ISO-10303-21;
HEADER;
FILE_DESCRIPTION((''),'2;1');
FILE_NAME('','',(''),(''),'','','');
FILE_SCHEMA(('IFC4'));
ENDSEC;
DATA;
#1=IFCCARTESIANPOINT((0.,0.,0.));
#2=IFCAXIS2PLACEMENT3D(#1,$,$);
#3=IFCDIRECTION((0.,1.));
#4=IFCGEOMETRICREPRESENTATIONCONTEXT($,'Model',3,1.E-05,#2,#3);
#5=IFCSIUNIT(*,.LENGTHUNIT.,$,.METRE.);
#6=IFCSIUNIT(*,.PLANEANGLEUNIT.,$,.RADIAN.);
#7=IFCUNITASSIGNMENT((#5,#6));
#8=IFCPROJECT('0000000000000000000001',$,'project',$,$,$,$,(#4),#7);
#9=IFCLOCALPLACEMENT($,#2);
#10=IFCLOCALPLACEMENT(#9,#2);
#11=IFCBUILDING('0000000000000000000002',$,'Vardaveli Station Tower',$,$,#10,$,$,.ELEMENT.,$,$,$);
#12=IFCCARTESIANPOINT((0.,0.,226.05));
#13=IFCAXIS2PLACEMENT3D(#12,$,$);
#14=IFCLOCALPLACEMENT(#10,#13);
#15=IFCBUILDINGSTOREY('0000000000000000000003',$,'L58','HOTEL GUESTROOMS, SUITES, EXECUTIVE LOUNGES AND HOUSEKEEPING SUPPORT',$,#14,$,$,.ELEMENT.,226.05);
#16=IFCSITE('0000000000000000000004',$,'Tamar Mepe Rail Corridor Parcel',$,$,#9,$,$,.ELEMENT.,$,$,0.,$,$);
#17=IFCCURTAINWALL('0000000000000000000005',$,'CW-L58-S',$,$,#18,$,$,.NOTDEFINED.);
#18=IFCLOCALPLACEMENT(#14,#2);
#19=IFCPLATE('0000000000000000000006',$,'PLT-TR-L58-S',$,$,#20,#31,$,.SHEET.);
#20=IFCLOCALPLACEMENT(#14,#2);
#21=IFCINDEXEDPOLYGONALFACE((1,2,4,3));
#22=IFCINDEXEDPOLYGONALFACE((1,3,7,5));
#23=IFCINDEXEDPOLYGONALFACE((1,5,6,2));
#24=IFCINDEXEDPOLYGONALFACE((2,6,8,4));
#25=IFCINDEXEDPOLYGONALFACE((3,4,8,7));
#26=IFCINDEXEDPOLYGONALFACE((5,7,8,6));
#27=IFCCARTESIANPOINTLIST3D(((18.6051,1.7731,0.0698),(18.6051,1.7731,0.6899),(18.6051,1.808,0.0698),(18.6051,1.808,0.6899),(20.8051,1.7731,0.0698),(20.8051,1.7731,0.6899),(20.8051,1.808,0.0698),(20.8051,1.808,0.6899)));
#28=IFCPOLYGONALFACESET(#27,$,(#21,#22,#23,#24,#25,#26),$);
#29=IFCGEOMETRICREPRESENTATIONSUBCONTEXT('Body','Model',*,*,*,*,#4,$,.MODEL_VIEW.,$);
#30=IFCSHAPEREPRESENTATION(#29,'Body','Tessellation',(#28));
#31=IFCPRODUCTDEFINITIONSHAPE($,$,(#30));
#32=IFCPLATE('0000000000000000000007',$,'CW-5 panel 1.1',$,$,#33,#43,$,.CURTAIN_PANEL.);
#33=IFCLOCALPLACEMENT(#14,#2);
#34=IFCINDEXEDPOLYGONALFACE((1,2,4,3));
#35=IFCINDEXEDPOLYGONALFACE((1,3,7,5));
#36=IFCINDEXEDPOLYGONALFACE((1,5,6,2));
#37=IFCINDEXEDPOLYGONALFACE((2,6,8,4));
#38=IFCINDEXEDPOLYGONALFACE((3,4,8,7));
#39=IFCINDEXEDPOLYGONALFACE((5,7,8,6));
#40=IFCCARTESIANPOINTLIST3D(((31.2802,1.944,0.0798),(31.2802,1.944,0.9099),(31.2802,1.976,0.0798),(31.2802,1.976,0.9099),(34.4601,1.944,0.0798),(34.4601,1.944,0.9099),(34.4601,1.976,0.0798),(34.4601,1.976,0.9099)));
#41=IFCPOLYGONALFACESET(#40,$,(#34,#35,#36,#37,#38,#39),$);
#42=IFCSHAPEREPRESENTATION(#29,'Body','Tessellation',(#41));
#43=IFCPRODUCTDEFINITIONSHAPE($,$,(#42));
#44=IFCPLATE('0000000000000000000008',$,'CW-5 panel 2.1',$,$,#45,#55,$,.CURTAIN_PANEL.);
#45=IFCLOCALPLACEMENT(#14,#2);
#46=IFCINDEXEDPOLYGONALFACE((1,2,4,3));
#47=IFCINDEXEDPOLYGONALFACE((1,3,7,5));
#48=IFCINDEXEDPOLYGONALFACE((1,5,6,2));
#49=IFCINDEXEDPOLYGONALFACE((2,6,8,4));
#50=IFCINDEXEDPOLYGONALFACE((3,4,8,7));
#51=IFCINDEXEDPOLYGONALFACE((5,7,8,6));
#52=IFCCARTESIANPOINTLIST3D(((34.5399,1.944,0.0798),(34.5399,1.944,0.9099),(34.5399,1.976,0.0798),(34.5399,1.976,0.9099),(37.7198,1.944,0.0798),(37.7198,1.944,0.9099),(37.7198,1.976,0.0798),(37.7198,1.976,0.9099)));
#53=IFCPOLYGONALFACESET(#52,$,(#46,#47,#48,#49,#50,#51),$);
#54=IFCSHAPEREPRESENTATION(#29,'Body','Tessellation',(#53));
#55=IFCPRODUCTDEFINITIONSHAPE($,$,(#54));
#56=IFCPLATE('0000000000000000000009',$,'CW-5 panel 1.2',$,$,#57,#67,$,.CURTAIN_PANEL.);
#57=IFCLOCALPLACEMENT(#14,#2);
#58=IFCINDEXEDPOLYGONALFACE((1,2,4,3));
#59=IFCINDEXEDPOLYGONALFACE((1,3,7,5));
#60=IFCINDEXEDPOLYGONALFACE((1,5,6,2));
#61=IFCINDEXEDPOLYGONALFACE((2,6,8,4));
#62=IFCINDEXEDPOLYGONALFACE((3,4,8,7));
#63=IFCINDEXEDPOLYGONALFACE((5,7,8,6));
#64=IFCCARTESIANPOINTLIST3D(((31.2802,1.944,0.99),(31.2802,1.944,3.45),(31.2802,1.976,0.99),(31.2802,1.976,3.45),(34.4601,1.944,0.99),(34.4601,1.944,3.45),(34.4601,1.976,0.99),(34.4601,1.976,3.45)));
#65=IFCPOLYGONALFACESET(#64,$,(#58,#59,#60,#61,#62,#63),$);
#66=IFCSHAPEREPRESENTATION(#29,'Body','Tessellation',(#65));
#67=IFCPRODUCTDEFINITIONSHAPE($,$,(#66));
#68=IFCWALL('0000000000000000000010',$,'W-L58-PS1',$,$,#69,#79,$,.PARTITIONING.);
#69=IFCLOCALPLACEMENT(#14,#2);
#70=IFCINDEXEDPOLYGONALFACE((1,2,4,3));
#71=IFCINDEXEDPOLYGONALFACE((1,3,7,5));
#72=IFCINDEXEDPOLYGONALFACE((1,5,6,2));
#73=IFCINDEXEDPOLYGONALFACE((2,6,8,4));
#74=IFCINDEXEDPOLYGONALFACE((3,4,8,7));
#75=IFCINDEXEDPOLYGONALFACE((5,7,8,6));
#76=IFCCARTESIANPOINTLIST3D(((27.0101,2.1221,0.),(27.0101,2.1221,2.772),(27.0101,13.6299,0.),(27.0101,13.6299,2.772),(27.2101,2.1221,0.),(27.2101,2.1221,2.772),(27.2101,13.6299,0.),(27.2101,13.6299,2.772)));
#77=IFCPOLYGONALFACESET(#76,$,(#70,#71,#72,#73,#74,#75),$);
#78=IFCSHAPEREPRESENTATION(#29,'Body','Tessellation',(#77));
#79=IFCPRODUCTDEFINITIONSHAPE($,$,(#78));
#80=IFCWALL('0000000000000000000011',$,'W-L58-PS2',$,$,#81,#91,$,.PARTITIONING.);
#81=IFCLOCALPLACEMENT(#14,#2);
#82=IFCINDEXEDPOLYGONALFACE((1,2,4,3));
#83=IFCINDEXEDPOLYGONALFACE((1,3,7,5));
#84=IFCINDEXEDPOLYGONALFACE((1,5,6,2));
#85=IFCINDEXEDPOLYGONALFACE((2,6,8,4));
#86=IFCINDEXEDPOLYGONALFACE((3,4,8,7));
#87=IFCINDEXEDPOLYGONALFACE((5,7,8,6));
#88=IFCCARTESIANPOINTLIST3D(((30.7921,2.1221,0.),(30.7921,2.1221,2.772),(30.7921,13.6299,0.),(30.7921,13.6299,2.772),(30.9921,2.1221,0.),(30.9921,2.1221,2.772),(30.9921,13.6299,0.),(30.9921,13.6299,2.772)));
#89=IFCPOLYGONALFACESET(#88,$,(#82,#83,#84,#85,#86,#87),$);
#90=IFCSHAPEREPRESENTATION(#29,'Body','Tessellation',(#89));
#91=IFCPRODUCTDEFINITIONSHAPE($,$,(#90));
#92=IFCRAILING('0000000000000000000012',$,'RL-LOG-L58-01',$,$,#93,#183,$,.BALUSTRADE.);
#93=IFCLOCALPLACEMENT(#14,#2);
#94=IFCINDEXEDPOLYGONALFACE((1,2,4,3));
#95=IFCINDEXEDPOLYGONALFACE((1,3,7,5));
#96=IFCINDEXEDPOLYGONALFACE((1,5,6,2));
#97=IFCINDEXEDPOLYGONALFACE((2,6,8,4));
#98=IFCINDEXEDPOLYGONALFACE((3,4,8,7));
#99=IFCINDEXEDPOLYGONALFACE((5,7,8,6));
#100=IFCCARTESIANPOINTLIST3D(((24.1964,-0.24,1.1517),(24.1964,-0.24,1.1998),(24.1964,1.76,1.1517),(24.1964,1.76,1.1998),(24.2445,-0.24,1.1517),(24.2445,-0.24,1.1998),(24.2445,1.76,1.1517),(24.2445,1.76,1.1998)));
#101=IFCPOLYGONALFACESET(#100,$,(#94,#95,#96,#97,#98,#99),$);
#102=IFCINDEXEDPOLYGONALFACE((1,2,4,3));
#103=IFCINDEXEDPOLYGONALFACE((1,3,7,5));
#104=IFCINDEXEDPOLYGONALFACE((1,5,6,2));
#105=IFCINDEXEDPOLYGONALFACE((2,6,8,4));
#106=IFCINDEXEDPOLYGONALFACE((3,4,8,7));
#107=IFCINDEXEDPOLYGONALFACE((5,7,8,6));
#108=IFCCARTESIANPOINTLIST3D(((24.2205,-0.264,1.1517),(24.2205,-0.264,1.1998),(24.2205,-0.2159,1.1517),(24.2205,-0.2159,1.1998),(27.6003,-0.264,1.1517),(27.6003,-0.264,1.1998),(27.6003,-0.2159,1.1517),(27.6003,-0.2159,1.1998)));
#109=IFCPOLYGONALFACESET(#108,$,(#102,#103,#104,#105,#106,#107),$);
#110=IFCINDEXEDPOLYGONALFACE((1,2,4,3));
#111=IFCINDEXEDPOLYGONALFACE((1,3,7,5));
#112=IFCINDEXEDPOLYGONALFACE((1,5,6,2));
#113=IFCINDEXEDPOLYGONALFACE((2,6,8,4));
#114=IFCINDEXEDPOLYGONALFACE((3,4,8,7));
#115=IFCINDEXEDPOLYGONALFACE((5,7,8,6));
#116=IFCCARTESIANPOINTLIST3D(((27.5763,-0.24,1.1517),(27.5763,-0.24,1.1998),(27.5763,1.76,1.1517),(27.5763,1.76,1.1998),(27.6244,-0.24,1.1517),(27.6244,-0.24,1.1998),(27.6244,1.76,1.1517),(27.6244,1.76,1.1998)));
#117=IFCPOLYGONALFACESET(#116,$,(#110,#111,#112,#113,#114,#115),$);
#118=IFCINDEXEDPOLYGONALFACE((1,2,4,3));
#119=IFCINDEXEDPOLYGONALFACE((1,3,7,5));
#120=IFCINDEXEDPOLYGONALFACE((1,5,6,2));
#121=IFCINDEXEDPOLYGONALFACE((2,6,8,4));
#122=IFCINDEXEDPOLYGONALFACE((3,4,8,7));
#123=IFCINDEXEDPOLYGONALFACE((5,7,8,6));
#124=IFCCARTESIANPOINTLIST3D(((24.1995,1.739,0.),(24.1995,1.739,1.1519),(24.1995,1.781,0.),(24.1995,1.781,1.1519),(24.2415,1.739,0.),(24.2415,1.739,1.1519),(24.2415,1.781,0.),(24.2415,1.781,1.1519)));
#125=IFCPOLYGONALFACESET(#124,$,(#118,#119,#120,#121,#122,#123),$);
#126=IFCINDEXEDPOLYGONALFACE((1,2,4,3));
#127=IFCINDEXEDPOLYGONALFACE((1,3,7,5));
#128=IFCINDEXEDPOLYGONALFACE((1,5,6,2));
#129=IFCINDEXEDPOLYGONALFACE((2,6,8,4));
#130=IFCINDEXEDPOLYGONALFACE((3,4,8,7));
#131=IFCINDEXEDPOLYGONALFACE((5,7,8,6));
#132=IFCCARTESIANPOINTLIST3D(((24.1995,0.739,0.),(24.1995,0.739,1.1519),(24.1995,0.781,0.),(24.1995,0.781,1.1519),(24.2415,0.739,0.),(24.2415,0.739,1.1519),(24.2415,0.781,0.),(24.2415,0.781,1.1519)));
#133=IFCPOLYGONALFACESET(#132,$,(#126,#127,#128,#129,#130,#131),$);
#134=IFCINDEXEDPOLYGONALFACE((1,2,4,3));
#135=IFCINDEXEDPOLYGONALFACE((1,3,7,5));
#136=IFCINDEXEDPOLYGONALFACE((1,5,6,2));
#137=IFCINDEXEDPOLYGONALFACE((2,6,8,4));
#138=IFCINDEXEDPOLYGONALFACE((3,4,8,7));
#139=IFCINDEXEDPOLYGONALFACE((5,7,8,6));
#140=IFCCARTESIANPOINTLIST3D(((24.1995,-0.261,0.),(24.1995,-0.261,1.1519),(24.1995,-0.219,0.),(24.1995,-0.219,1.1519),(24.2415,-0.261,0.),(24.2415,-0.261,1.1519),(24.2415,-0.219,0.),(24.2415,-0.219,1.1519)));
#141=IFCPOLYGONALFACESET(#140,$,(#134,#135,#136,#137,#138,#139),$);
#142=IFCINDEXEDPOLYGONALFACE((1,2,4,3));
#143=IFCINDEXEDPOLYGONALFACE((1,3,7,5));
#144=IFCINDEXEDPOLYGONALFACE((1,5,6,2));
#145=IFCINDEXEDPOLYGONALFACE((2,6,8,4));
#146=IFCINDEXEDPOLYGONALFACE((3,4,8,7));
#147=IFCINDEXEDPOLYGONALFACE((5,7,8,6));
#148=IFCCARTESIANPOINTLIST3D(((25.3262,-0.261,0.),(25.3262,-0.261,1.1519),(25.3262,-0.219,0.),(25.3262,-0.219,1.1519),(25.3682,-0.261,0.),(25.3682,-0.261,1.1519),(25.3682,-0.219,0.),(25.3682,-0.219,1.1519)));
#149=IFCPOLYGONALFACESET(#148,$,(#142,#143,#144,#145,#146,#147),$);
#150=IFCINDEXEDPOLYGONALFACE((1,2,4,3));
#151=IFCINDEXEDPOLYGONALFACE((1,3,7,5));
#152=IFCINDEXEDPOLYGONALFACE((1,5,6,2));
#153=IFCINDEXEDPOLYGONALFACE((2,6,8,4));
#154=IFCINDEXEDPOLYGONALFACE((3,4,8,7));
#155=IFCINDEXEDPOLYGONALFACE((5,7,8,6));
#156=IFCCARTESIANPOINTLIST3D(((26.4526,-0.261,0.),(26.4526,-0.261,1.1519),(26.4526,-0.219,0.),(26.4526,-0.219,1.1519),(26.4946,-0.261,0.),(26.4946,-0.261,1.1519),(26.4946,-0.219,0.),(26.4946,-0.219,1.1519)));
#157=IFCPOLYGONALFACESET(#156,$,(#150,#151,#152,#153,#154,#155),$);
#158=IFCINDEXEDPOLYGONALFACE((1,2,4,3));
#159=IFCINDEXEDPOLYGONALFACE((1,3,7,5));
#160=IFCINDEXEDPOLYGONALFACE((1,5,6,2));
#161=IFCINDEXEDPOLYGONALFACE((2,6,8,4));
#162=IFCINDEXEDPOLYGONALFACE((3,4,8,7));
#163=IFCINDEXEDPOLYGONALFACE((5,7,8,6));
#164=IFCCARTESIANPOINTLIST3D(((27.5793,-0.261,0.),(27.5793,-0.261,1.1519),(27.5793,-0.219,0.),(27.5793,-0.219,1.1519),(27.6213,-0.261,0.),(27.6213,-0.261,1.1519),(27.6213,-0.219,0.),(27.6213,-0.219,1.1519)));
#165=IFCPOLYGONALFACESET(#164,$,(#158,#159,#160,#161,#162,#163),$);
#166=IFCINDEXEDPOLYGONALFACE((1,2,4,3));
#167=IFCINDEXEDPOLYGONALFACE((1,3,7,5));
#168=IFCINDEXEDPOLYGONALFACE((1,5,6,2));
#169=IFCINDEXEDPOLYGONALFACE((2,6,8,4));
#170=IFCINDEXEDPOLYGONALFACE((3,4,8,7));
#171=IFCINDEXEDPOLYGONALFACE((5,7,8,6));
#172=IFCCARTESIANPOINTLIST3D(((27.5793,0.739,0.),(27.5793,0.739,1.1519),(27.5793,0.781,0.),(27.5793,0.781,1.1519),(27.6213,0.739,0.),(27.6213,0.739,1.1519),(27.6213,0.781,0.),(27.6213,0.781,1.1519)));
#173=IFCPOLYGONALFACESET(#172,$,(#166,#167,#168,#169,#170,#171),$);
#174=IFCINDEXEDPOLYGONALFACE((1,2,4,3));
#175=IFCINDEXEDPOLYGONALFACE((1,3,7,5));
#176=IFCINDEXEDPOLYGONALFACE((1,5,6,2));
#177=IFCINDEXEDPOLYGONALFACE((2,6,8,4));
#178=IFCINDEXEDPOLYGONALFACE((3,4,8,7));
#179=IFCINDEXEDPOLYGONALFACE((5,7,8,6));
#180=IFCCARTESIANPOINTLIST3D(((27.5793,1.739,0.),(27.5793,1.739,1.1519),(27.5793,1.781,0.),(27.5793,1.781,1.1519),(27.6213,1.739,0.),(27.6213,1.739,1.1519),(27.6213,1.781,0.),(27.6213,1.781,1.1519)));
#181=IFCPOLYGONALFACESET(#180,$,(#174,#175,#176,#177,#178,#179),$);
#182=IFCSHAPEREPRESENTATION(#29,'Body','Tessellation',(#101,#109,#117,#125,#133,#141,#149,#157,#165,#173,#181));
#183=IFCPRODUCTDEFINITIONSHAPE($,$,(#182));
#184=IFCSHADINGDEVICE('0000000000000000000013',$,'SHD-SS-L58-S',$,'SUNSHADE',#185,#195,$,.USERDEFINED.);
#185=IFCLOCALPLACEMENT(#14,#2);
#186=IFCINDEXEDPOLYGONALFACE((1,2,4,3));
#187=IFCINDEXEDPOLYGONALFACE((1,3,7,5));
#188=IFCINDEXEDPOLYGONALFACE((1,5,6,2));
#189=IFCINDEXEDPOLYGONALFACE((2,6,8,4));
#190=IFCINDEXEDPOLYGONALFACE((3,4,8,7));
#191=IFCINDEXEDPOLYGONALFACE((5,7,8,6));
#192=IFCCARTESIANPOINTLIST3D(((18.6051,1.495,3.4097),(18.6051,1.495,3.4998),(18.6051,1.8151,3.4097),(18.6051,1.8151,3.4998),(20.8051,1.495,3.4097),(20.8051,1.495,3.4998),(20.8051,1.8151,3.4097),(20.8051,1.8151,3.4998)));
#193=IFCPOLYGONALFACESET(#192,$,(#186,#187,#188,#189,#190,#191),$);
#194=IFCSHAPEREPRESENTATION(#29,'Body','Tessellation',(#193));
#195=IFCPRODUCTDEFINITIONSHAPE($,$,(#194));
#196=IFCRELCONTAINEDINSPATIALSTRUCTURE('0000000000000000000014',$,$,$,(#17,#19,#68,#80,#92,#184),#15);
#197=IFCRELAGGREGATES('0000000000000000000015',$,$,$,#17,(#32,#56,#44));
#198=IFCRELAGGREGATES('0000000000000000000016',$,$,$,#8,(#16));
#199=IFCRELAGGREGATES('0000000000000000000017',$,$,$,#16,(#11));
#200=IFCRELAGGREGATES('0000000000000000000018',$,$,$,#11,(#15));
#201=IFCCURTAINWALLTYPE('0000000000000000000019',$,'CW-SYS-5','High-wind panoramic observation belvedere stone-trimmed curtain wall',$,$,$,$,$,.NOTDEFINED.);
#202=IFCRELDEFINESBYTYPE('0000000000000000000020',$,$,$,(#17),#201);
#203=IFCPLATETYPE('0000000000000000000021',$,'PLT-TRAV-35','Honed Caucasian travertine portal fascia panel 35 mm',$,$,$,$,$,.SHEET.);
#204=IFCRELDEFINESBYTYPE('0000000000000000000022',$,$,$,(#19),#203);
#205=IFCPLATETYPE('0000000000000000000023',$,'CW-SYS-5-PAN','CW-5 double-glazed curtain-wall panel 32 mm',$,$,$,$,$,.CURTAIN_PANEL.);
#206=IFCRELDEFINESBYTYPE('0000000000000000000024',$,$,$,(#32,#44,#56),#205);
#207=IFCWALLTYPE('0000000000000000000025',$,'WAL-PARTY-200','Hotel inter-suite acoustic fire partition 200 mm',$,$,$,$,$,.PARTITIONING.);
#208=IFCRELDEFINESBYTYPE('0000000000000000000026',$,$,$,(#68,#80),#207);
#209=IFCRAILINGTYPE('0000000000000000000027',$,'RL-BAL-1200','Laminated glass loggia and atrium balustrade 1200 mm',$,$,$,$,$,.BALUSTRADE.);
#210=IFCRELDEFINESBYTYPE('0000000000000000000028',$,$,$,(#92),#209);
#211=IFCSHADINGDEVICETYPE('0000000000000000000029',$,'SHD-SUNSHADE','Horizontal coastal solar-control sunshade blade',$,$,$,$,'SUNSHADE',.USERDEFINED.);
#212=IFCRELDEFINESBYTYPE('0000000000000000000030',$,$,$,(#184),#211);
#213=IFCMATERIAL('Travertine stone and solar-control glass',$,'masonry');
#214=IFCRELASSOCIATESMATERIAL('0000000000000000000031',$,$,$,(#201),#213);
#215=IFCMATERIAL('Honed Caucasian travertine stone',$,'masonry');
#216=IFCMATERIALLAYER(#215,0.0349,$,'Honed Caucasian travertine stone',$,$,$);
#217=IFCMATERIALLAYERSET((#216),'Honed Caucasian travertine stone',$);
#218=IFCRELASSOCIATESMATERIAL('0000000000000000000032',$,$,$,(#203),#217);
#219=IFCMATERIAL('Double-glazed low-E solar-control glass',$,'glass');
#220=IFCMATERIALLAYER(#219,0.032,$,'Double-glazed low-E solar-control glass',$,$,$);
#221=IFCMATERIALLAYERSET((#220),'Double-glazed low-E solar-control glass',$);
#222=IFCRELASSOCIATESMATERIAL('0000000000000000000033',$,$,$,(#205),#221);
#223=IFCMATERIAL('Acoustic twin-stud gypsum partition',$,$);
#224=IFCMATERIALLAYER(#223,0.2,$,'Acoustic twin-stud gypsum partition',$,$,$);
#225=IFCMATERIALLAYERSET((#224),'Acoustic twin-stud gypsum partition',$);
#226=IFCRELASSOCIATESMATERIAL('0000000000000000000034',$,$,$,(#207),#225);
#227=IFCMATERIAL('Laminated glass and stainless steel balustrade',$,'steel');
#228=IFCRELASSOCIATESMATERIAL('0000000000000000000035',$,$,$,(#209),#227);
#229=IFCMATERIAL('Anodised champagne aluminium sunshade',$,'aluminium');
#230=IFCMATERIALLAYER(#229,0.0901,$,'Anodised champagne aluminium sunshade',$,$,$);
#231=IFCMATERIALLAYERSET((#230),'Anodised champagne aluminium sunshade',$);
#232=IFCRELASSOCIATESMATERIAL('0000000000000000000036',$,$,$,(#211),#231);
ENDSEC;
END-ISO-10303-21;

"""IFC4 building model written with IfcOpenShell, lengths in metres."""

from ifc_helpers import new_model, si_unit, direction, frame, frame_2d, origin, origin_2d, place, context, subcontext, project, spatial, rectangle, extrude, source, transform, mapped, material, layer, layer_set, type_object, element, aggregate, save


model = new_model("IFC4")

# Units and contexts
model_context = context("Model", 3, precision=1e-05, world=origin(), true_north=direction((0.0, 1.0)))
body_context = subcontext(model_context, "Body", "Model", "MODEL_VIEW")
ifc_project = project(units=[si_unit("LENGTHUNIT", "METRE"), si_unit("PLANEANGLEUNIT", "RADIAN")], contexts=[model_context])

# Site, building, storey
site_placement = place(None, origin())
site = spatial("IfcSite", under=ifc_project, at=site_placement, Name="Tamar Mepe Rail Corridor Parcel", CompositionType="ELEMENT", RefElevation=0.0)
building_placement = place(site_placement, origin())
building = spatial("IfcBuilding", under=site, at=building_placement, Name="Vardaveli Station Tower", CompositionType="ELEMENT")
storey_placement = place(building_placement, frame((0.0, 0.0, 226.05)))
storey = spatial("IfcBuildingStorey", under=building, at=storey_placement, Name="L58", Description="HOTEL GUESTROOMS, SUITES, EXECUTIVE LOUNGES AND HOUSEKEEPING SUPPORT", CompositionType="ELEMENT", Elevation=226.05)

# Curtain wall
ifc_material_1 = material(Name="Travertine stone and solar-control glass", Category="masonry")
curtain_wall_type = type_object("IfcCurtainWallType", Name="CW-SYS-5", Description="High-wind panoramic observation belvedere stone-trimmed curtain wall", PredefinedType="NOTDEFINED", material=ifc_material_1)
curtain_wall_placement = place(storey_placement, origin())
curtain_wall = element("IfcCurtainWall", 1, at=curtain_wall_placement, inside=storey, type_object=curtain_wall_type, Name="CW-L58-S", PredefinedType="NOTDEFINED")

# Plates
ifc_material_2 = material(Name="Honed Caucasian travertine stone", Category="masonry")
ifc_layer_1 = layer(ifc_material_2, 0.0349, Name="Honed Caucasian travertine stone")
ifc_layer_set_1 = layer_set([ifc_layer_1], Name="Honed Caucasian travertine stone")
plate_type_1 = type_object("IfcPlateType", Name="PLT-TRAV-35", Description="Honed Caucasian travertine portal fascia panel 35 mm", PredefinedType="SHEET", material=ifc_layer_set_1)
shared_shape_1 = source(origin(), body_context, "Body", "SweptSolid", [
    extrude(rectangle(XDim=2.2, YDim=0.0349, at=origin_2d()), origin(), (0.0, 0.0, 1.0), 0.6201),
])
plate_1_placement = place(storey_placement, frame((19.7051, 1.7905, 0.0698), z_axis=(0.0, 0.0, 1.0), x_axis=(1.0, 0.0, 0.0)))
element("IfcPlate", 2, at=plate_1_placement, inside=storey, type_object=plate_type_1, Name="PLT-TR-L58-S", PredefinedType="SHEET", context=body_context, shape_type="MappedRepresentation", body=[
    mapped(shared_shape_1, transform((0.0, 0.0, 0.0), scale=1.0)),
])
ifc_material_3 = material(Name="Double-glazed low-E solar-control glass", Category="glass")
ifc_layer_2 = layer(ifc_material_3, 0.032, Name="Double-glazed low-E solar-control glass")
ifc_layer_set_2 = layer_set([ifc_layer_2], Name="Double-glazed low-E solar-control glass")
plate_type_2 = type_object("IfcPlateType", Name="CW-SYS-5-PAN", Description="CW-5 double-glazed curtain-wall panel 32 mm", PredefinedType="CURTAIN_PANEL", material=ifc_layer_set_2)
shared_shape_2 = source(origin(), body_context, "Body", "SweptSolid", [
    extrude(rectangle(XDim=3.1799, YDim=0.032, at=origin_2d()), origin(), (0.0, 0.0, 1.0), 0.8301),
])
plate_2_placement = place(storey_placement, frame((32.8701, 1.96, 0.0798), z_axis=(0.0, 0.0, 1.0), x_axis=(1.0, 0.0, 0.0)))
plate_2 = element("IfcPlate", 3, at=plate_2_placement, type_object=plate_type_2, Name="CW-5 panel 1.1", PredefinedType="CURTAIN_PANEL", context=body_context, shape_type="MappedRepresentation", body=[
    mapped(shared_shape_2, transform((0.0, 0.0, 0.0), scale=1.0)),
])
plate_3_placement = place(storey_placement, frame((36.1299, 1.96, 0.0798), z_axis=(0.0, 0.0, 1.0), x_axis=(1.0, 0.0, 0.0)))
plate_3 = element("IfcPlate", 4, at=plate_3_placement, type_object=plate_type_2, Name="CW-5 panel 2.1", PredefinedType="CURTAIN_PANEL", context=body_context, shape_type="MappedRepresentation", body=[
    mapped(shared_shape_2, transform((0.0, 0.0, 0.0), scale=1.0)),
])
shared_shape_3 = source(origin(), body_context, "Body", "SweptSolid", [
    extrude(rectangle(XDim=3.1799, YDim=0.032, at=origin_2d()), origin(), (0.0, 0.0, 1.0), 2.46),
])
plate_4_placement = place(storey_placement, frame((32.8701, 1.96, 0.99), z_axis=(0.0, 0.0, 1.0), x_axis=(1.0, 0.0, 0.0)))
plate_4 = element("IfcPlate", 5, at=plate_4_placement, type_object=plate_type_2, Name="CW-5 panel 1.2", PredefinedType="CURTAIN_PANEL", context=body_context, shape_type="MappedRepresentation", body=[
    mapped(shared_shape_3, transform((0.0, 0.0, 0.0), scale=1.0)),
])
aggregate(curtain_wall, [plate_2, plate_4, plate_3])

# Walls
ifc_material_4 = material(Name="Acoustic twin-stud gypsum partition")
ifc_layer_3 = layer(ifc_material_4, 0.2, Name="Acoustic twin-stud gypsum partition")
ifc_layer_set_3 = layer_set([ifc_layer_3], Name="Acoustic twin-stud gypsum partition")
wall_type = type_object("IfcWallType", Name="WAL-PARTY-200", Description="Hotel inter-suite acoustic fire partition 200 mm", PredefinedType="PARTITIONING", material=ifc_layer_set_3)
shared_shape_4 = source(origin(), body_context, "Body", "SweptSolid", [
    extrude(rectangle(XDim=11.5078, YDim=0.2, at=frame_2d((5.7539, 0.0))), origin(), (0.0, 0.0, 1.0), 2.772),
])
for number, where, z_axis, x_axis, name in (
    (6, (27.1101, 2.1221, 0.0), (0.0, 0.0, 1.0), (0.0, 1.0, 0.0), "W-L58-PS1"),
    (7, (30.8921, 2.1221, 0.0), (0.0, 0.0, 1.0), (0.0, 1.0, 0.0), "W-L58-PS2"),
):
    element("IfcWall", number, at=place(storey_placement, frame(where, z_axis=z_axis, x_axis=x_axis)), inside=storey, type_object=wall_type, Name=name, PredefinedType="PARTITIONING", context=body_context, shape_type="MappedRepresentation", body=[
        mapped(shared_shape_4, transform((0.0, 0.0, 0.0), scale=1.0)),
    ])

# Railing
ifc_material_5 = material(Name="Laminated glass and stainless steel balustrade", Category="steel")
railing_type = type_object("IfcRailingType", Name="RL-BAL-1200", Description="Laminated glass loggia and atrium balustrade 1200 mm", PredefinedType="BALUSTRADE", material=ifc_material_5)
shared_shape_5 = source(origin(), body_context, "Body", "SweptSolid", [
    extrude(rectangle(XDim=0.0481, YDim=0.0481, at=origin_2d()), frame((0.0, 0.0, 1.1758), z_axis=(0.0, -1.0, 0.0), x_axis=(1.0, 0.0, 0.0)), (0.0, 0.0, 1.0), 2.0),
    extrude(rectangle(XDim=0.0481, YDim=0.0481, at=origin_2d()), frame((0.0, -2.0, 1.1758), z_axis=(1.0, 0.0, 0.0), x_axis=(0.0, 1.0, 0.0)), (0.0, 0.0, 1.0), 3.3799),
    extrude(rectangle(XDim=0.0481, YDim=0.0481, at=origin_2d()), frame((3.3799, -2.0, 1.1758), z_axis=(0.0, 1.0, 0.0), x_axis=(-1.0, 0.0, 0.0)), (0.0, 0.0, 1.0), 2.0),
    extrude(rectangle(XDim=0.042, YDim=0.042, at=origin_2d()), origin(), (0.0, 0.0, 1.0), 1.1519),
    extrude(rectangle(XDim=0.042, YDim=0.042, at=origin_2d()), frame((0.0, -1.0, 0.0)), (0.0, 0.0, 1.0), 1.1519),
    extrude(rectangle(XDim=0.042, YDim=0.042, at=origin_2d()), frame((0.0, -2.0, 0.0)), (0.0, 0.0, 1.0), 1.1519),
    extrude(rectangle(XDim=0.042, YDim=0.042, at=origin_2d()), frame((1.1267, -2.0, 0.0)), (0.0, 0.0, 1.0), 1.1519),
    extrude(rectangle(XDim=0.042, YDim=0.042, at=origin_2d()), frame((2.2532, -2.0, 0.0)), (0.0, 0.0, 1.0), 1.1519),
    extrude(rectangle(XDim=0.042, YDim=0.042, at=origin_2d()), frame((3.3799, -2.0, 0.0)), (0.0, 0.0, 1.0), 1.1519),
    extrude(rectangle(XDim=0.042, YDim=0.042, at=origin_2d()), frame((3.3799, -1.0, 0.0)), (0.0, 0.0, 1.0), 1.1519),
    extrude(rectangle(XDim=0.042, YDim=0.042, at=origin_2d()), frame((3.3799, 0.0, 0.0)), (0.0, 0.0, 1.0), 1.1519),
])
railing_placement = place(storey_placement, frame((24.2205, 1.76, 0.0)))
element("IfcRailing", 8, at=railing_placement, inside=storey, type_object=railing_type, Name="RL-LOG-L58-01", PredefinedType="BALUSTRADE", context=body_context, shape_type="MappedRepresentation", body=[
    mapped(shared_shape_5, transform((0.0, 0.0, 0.0), scale=1.0)),
])

# Shading device
ifc_material_6 = material(Name="Anodised champagne aluminium sunshade", Category="aluminium")
ifc_layer_4 = layer(ifc_material_6, 0.0901, Name="Anodised champagne aluminium sunshade")
ifc_layer_set_4 = layer_set([ifc_layer_4], Name="Anodised champagne aluminium sunshade")
shading_device_type = type_object("IfcShadingDeviceType", Name="SHD-SUNSHADE", Description="Horizontal coastal solar-control sunshade blade", ElementType="SUNSHADE", PredefinedType="USERDEFINED", material=ifc_layer_set_4)
shared_shape_6 = source(origin(), body_context, "Body", "SweptSolid", [
    extrude(rectangle(XDim=2.2, YDim=0.3201, at=origin_2d()), origin(), (0.0, 0.0, 1.0), 0.0901),
])
shading_device_placement = place(storey_placement, frame((19.7051, 1.655, 3.4097), z_axis=(0.0, 0.0, 1.0), x_axis=(1.0, 0.0, 0.0)))
element("IfcShadingDevice", 9, at=shading_device_placement, inside=storey, type_object=shading_device_type, Name="SHD-SS-L58-S", ObjectType="SUNSHADE", PredefinedType="USERDEFINED", context=body_context, shape_type="MappedRepresentation", body=[
    mapped(shared_shape_6, transform((0.0, 0.0, 0.0), scale=1.0)),
])

save(model, "model.ifc")
